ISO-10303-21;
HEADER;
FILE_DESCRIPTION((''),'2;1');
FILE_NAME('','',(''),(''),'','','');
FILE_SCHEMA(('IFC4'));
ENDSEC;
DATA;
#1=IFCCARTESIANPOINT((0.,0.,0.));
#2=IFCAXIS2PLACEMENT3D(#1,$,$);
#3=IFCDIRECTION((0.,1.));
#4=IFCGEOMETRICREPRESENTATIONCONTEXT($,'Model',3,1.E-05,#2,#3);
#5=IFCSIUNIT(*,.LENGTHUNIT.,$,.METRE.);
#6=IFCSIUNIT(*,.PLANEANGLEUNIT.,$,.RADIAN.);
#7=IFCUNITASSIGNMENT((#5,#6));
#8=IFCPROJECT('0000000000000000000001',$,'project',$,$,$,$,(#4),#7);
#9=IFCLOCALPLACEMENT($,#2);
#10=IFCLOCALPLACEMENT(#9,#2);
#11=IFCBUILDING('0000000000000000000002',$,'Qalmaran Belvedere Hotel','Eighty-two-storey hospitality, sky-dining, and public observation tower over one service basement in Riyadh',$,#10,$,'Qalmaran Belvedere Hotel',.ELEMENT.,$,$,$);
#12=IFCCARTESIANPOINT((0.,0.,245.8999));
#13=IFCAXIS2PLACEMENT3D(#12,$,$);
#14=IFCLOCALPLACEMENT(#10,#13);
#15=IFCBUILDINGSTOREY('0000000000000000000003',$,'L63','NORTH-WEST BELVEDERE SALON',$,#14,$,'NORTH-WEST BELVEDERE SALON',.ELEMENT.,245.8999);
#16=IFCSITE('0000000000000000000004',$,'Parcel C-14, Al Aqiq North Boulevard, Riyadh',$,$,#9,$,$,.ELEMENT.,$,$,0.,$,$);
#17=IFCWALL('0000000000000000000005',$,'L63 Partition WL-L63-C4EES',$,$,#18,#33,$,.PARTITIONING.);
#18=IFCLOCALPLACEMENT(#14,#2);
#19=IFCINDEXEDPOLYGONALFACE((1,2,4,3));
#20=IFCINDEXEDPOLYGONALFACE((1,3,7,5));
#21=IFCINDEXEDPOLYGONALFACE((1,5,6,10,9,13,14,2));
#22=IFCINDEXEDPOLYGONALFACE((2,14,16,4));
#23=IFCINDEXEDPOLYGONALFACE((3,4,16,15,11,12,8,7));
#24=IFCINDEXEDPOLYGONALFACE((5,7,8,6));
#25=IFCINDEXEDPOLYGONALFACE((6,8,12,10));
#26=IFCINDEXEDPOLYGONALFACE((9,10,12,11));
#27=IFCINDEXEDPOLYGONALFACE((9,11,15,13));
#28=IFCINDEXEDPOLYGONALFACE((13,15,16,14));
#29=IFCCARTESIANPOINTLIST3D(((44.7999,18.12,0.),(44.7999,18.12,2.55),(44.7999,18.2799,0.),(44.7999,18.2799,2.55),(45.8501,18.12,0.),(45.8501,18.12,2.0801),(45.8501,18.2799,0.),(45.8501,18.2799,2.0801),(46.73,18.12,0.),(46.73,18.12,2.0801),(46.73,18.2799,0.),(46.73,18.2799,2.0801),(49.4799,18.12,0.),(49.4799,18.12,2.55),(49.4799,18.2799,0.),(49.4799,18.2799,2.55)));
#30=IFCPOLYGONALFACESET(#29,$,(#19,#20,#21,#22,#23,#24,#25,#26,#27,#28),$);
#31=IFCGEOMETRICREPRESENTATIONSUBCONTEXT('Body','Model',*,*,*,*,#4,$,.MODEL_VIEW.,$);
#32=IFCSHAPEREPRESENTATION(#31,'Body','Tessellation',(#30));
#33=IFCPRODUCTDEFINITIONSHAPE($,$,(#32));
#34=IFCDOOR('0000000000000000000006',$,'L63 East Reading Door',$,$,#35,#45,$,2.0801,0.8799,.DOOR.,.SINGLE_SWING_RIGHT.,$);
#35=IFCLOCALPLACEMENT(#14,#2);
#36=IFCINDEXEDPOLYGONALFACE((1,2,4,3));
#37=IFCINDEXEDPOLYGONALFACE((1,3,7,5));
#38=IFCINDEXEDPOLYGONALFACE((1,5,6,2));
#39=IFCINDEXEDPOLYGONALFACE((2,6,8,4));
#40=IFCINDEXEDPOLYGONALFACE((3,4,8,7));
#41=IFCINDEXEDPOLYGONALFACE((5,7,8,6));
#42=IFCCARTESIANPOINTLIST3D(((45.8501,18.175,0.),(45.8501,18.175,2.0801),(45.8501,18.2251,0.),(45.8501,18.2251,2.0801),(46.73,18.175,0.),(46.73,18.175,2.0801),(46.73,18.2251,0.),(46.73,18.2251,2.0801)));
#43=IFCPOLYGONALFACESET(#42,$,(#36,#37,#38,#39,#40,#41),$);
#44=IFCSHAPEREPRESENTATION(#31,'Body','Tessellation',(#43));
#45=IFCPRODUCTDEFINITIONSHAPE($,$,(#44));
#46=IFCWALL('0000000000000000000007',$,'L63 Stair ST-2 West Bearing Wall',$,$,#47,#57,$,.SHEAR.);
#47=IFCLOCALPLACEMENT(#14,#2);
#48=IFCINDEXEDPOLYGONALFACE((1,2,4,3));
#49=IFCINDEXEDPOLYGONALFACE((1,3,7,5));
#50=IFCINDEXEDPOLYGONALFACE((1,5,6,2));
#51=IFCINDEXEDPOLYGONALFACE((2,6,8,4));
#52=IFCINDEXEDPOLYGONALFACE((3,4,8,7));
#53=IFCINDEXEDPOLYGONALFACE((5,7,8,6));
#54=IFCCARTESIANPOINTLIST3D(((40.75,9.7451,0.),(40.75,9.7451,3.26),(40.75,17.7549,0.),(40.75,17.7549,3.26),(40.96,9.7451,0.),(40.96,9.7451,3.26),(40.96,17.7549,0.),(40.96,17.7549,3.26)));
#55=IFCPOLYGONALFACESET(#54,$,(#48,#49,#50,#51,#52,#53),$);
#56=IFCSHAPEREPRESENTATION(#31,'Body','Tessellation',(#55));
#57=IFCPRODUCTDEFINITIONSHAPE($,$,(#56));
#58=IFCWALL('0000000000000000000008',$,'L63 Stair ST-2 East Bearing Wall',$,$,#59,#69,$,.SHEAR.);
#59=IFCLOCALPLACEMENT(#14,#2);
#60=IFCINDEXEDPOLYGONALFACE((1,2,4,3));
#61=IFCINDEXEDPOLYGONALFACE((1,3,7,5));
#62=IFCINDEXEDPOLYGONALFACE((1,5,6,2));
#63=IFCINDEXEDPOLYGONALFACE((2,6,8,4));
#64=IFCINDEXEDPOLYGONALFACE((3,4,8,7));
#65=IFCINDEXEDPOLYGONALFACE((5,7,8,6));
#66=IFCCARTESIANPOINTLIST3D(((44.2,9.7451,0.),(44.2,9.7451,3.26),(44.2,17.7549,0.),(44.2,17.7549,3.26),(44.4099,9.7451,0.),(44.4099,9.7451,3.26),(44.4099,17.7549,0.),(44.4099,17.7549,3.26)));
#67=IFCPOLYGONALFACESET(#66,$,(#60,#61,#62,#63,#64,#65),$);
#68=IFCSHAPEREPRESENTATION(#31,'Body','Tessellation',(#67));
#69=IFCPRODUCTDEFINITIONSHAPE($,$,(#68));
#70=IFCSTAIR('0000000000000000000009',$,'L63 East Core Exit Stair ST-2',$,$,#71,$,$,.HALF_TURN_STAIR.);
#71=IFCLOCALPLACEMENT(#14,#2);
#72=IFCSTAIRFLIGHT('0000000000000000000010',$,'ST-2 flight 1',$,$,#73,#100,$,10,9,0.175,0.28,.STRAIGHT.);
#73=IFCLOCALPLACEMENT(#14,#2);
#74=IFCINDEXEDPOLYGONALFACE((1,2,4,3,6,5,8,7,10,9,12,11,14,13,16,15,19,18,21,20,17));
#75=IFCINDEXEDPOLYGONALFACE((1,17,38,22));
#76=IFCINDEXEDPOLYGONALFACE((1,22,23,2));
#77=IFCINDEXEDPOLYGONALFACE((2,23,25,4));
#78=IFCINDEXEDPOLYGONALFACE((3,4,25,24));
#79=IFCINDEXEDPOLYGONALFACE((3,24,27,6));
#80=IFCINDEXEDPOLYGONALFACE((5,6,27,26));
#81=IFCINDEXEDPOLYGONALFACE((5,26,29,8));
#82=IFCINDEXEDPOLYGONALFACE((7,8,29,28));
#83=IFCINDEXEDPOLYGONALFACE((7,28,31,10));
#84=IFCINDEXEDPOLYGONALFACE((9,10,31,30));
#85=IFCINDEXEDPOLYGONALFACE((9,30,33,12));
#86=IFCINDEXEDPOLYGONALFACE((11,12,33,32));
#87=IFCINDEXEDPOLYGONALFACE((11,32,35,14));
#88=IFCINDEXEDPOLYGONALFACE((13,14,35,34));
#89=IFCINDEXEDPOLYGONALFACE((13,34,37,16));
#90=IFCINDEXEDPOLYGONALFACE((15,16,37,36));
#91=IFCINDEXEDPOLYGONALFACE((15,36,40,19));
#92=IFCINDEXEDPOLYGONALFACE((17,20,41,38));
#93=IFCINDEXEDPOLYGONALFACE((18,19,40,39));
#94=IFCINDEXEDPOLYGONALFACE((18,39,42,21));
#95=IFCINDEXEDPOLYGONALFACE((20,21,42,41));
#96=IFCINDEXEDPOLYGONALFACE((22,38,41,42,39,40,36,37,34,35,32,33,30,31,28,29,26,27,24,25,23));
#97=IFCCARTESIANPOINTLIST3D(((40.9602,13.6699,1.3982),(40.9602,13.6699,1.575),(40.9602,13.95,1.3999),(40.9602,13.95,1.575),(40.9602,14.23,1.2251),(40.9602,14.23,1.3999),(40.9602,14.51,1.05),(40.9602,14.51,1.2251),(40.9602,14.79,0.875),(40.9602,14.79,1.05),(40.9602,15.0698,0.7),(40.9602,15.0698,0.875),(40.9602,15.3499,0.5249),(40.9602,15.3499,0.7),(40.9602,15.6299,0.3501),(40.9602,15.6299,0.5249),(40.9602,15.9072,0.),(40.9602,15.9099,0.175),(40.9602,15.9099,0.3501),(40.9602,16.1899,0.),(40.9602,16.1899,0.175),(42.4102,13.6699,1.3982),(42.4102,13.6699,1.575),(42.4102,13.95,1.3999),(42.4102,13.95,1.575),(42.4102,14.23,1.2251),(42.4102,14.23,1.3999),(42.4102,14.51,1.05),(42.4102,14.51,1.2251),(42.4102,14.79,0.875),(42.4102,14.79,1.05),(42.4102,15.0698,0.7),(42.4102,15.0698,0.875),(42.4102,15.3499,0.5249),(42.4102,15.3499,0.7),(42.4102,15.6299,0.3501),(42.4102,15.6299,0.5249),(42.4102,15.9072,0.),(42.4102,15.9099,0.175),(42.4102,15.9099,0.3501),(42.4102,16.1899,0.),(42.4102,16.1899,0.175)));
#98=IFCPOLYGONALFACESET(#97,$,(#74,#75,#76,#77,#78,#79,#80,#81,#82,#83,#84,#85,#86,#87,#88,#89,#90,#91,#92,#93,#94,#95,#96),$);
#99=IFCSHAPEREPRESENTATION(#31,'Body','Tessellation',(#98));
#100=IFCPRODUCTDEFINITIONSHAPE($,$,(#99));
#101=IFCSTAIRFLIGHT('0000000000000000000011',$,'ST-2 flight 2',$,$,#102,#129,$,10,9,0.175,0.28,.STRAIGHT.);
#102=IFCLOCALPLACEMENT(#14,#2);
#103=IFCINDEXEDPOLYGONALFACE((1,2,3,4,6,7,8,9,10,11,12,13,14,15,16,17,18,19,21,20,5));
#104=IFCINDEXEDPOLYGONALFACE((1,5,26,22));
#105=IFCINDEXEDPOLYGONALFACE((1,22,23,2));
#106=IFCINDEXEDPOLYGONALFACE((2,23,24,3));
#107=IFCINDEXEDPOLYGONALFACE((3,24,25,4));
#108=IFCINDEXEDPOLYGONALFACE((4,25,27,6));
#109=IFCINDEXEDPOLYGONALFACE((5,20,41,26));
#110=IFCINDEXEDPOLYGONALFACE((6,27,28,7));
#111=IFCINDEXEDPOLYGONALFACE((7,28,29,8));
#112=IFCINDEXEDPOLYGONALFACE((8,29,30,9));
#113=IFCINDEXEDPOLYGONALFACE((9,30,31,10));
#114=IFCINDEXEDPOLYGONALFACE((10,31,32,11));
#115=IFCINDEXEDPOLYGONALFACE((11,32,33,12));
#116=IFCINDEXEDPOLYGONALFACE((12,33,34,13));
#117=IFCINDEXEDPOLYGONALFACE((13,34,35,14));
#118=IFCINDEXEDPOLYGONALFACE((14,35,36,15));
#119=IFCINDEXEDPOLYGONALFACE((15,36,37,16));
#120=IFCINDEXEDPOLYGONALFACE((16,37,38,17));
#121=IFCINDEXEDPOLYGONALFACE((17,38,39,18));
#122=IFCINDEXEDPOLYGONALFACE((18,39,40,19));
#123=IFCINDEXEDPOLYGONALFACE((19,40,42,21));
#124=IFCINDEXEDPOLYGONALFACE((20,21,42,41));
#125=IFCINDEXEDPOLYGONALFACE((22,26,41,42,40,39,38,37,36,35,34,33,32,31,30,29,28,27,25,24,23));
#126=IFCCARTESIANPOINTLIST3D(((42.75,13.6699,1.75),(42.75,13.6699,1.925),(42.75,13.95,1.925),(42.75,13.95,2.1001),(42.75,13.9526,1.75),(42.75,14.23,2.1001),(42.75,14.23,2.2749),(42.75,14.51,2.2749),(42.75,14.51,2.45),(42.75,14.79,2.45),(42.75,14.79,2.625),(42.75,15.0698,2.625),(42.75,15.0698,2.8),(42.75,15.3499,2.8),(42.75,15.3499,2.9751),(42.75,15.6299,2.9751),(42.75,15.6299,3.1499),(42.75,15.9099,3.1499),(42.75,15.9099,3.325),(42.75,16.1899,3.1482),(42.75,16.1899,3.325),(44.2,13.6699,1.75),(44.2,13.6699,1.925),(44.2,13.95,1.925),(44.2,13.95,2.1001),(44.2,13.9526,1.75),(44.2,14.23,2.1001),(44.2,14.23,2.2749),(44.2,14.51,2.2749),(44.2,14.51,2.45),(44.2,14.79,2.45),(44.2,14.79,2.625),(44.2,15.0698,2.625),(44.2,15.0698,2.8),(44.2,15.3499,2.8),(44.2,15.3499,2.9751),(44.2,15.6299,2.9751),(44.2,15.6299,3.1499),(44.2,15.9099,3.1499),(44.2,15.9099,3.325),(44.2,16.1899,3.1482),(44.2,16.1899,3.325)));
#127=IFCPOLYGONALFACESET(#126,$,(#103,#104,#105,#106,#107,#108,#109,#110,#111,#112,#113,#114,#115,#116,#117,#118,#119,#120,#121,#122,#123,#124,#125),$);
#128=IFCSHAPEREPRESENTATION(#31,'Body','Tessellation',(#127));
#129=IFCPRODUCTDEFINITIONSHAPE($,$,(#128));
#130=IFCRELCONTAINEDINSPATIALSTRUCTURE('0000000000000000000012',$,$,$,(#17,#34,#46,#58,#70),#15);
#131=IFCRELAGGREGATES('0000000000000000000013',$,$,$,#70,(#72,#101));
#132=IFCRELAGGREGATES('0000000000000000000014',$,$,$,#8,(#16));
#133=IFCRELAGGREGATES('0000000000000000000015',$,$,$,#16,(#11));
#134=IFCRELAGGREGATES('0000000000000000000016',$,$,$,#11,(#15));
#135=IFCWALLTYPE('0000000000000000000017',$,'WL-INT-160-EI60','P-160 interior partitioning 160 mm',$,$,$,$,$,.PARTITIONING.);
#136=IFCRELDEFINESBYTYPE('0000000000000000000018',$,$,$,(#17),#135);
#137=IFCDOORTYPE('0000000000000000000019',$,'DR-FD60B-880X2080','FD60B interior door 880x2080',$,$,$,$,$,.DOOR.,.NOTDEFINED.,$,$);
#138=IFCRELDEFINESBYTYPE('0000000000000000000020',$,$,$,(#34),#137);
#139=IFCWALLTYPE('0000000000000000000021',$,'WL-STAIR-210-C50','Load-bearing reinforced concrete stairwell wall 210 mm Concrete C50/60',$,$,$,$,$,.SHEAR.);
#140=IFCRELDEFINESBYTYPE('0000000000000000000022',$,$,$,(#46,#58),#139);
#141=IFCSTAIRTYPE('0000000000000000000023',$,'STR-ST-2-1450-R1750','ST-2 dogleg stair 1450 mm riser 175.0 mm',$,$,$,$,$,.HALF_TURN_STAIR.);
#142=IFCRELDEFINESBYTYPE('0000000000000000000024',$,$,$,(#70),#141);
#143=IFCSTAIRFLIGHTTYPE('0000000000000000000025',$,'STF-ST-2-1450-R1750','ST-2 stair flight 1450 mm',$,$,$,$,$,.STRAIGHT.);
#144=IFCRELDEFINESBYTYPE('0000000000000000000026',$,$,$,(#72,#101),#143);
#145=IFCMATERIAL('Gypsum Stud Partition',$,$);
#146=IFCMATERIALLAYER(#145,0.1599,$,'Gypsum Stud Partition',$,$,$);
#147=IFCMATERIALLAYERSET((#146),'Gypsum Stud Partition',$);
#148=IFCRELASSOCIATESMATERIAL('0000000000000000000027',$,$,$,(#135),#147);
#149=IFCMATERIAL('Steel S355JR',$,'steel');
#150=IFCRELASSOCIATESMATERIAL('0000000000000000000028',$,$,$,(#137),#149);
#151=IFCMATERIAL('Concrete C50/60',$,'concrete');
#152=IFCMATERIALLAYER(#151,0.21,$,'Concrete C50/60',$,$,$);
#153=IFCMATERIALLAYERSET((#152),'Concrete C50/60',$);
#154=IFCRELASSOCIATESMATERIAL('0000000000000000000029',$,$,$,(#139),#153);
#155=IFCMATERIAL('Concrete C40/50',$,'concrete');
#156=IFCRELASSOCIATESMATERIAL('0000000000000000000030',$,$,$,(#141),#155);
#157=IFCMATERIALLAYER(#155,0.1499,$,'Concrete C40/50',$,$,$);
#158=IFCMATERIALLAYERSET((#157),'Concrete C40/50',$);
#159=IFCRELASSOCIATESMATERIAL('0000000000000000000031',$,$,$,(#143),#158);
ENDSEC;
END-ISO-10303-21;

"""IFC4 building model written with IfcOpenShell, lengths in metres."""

from ifc_helpers import new_model, si_unit, direction, frame, frame_2d, origin, place, context, subcontext, project, spatial, polyline, rectangle, outline, extrude, material, layer, layer_set, type_object, element, fill, aggregate, save


model = new_model("IFC4")

# Units and contexts
model_context = context("Model", 3, precision=1e-05, world=origin(), true_north=direction((0.0, 1.0)))
body_context = subcontext(model_context, "Body", "Model", "MODEL_VIEW")
ifc_project = project(units=[si_unit("LENGTHUNIT", "METRE"), si_unit("PLANEANGLEUNIT", "RADIAN")], contexts=[model_context])

# Site, building, storey
site_placement = place(None, origin())
site = spatial("IfcSite", under=ifc_project, at=site_placement, Name="Parcel C-14, Al Aqiq North Boulevard, Riyadh", CompositionType="ELEMENT", RefElevation=0.0)
building_placement = place(site_placement, origin())
building = spatial("IfcBuilding", under=site, at=building_placement, Name="Qalmaran Belvedere Hotel", Description="Eighty-two-storey hospitality, sky-dining, and public observation tower over one service basement in Riyadh", LongName="Qalmaran Belvedere Hotel", CompositionType="ELEMENT")
storey_placement = place(building_placement, frame((0.0, 0.0, 245.8999)))
storey = spatial("IfcBuildingStorey", under=building, at=storey_placement, Name="L63", Description="NORTH-WEST BELVEDERE SALON", LongName="NORTH-WEST BELVEDERE SALON", CompositionType="ELEMENT", Elevation=245.8999)

# Shared definitions
ifc_material_1 = material(Name="Concrete C50/60", Category="concrete")

# Shared definitions
ifc_material_2 = material(Name="Steel S355JR", Category="steel")

# Wall, opening, door
ifc_material_3 = material(Name="Gypsum Stud Partition")
ifc_layer_1 = layer(ifc_material_3, 0.1599, Name="Gypsum Stud Partition")
ifc_layer_set_1 = layer_set([ifc_layer_1], Name="Gypsum Stud Partition")
wall_type_1 = type_object("IfcWallType", Name="WL-INT-160-EI60", Description="P-160 interior partitioning 160 mm", PredefinedType="PARTITIONING", material=ifc_layer_set_1)
wall_1_placement = place(storey_placement, frame((44.8, 18.2, 0.0), z_axis=(0.0, 0.0, 1.0), x_axis=(1.0, 0.0, 0.0)))
wall_1 = element("IfcWall", 1, at=wall_1_placement, inside=storey, type_object=wall_type_1, Name="L63 Partition WL-L63-C4EES", PredefinedType="PARTITIONING", context=body_context, shape_type="SweptSolid", body=[
    extrude(rectangle(XDim=4.6799, YDim=0.1599, at=frame_2d((2.3398, 0.0))), origin(), (0.0, 0.0, 1.0), 2.55),
])
opening_1_placement = place(wall_1_placement, frame((1.9299, 0.0, 0.0), z_axis=(0.0, 0.0, 1.0), x_axis=(-1.0, 0.0, 0.0)))
opening_1 = element("IfcOpeningElement", 2, at=opening_1_placement, cuts=wall_1, PredefinedType="OPENING", context=body_context, shape_type="SweptSolid", body=[
    extrude(rectangle(XDim=0.8799, YDim=2.0801, at=frame_2d((0.4399, 1.04))), frame((0.0, 0.0898, 0.0), z_axis=(0.0, -1.0, 0.0), x_axis=(1.0, 0.0, 0.0)), (0.0, 0.0, 1.0), 0.1799),
])
door_type = type_object("IfcDoorType", Name="DR-FD60B-880X2080", Description="FD60B interior door 880x2080", OperationType="NOTDEFINED", PredefinedType="DOOR", material=ifc_material_2)
door_placement = place(opening_1_placement, origin())
door = element("IfcDoor", 3, at=door_placement, inside=storey, type_object=door_type, Name="L63 East Reading Door", OperationType="SINGLE_SWING_RIGHT", OverallHeight=2.0801, OverallWidth=0.8799, PredefinedType="DOOR", context=body_context, shape_type="SweptSolid", body=[
    extrude(rectangle(XDim=0.8799, YDim=2.0801, at=frame_2d((0.4399, 1.04))), frame((0.0, 0.0249, 0.0), z_axis=(0.0, -1.0, 0.0), x_axis=(1.0, 0.0, 0.0)), (0.0, 0.0, 1.0), 0.05),
])
fill(opening_1, door)

# Walls
ifc_layer_2 = layer(ifc_material_1, 0.21, Name="Concrete C50/60")
ifc_layer_set_2 = layer_set([ifc_layer_2], Name="Concrete C50/60")
wall_type_2 = type_object("IfcWallType", Name="WL-STAIR-210-C50", Description="Load-bearing reinforced concrete stairwell wall 210 mm Concrete C50/60", PredefinedType="SHEAR", material=ifc_layer_set_2)
for number, where, z_axis, x_axis, name in (
    (4, (40.855, 9.7451, 0.0), (0.0, 0.0, 1.0), (0.0, 1.0, 0.0), "L63 Stair ST-2 West Bearing Wall"),
    (5, (44.3049, 9.7451, 0.0), (0.0, 0.0, 1.0), (0.0, 1.0, 0.0), "L63 Stair ST-2 East Bearing Wall"),
):
    element("IfcWall", number, at=place(storey_placement, frame(where, z_axis=z_axis, x_axis=x_axis)), inside=storey, type_object=wall_type_2, Name=name, PredefinedType="SHEAR", context=body_context, shape_type="SweptSolid", body=[
        extrude(rectangle(XDim=8.0098, YDim=0.21, at=frame_2d((4.0049, 0.0))), origin(), (0.0, 0.0, 1.0), 3.26),
    ])

# Stair, stair flights
ifc_material_4 = material(Name="Concrete C40/50", Category="concrete")
stair_type = type_object("IfcStairType", Name="STR-ST-2-1450-R1750", Description="ST-2 dogleg stair 1450 mm riser 175.0 mm", PredefinedType="HALF_TURN_STAIR", material=ifc_material_4)
stair_placement = place(storey_placement, origin())
stair = element("IfcStair", 6, at=stair_placement, inside=storey, type_object=stair_type, Name="L63 East Core Exit Stair ST-2", PredefinedType="HALF_TURN_STAIR")
ifc_layer_3 = layer(ifc_material_4, 0.1499, Name="Concrete C40/50")
ifc_layer_set_3 = layer_set([ifc_layer_3], Name="Concrete C40/50")
stair_flight_type = type_object("IfcStairFlightType", Name="STF-ST-2-1450-R1750", Description="ST-2 stair flight 1450 mm", PredefinedType="STRAIGHT", material=ifc_layer_set_3)
stair_flight_1_placement = place(storey_placement, frame((41.6851, 16.1899, 0.0), z_axis=(0.0, 0.0, 1.0), x_axis=(0.0, -1.0, 0.0)))
stair_flight_1 = element("IfcStairFlight", 7, at=stair_flight_1_placement, type_object=stair_flight_type, Name="ST-2 flight 1", NumberOfRisers=10, NumberOfTreads=9, PredefinedType="STRAIGHT", RiserHeight=0.175, TreadLength=0.28, context=body_context, shape_type="SweptSolid", body=[
    extrude(outline(polyline([(0.0, 0.0), (0.0, 0.175), (0.28, 0.175), (0.28, 0.3501), (0.5601, 0.3501), (0.5601, 0.5249), (0.8401, 0.5249), (0.8401, 0.7), (1.1201, 0.7), (1.1201, 0.875), (1.3999, 0.875), (1.3999, 1.05), (1.6799, 1.05), (1.6799, 1.2251), (1.96, 1.2251), (1.96, 1.3999), (2.24, 1.3999), (2.24, 1.575), (2.52, 1.575), (2.52, 1.75), (2.52, 1.3982), (0.2827, 0.0), (0.0, 0.0)])), frame((0.0, 0.7251, 0.0), z_axis=(0.0, -1.0, 0.0), x_axis=(1.0, 0.0, 0.0)), (0.0, 0.0, 1.0), 1.45),
])
stair_flight_2_placement = place(storey_placement, frame((43.4751, 13.6699, 1.75), z_axis=(0.0, 0.0, 1.0), x_axis=(0.0, 1.0, 0.0)))
stair_flight_2 = element("IfcStairFlight", 8, at=stair_flight_2_placement, type_object=stair_flight_type, Name="ST-2 flight 2", NumberOfRisers=10, NumberOfTreads=9, PredefinedType="STRAIGHT", RiserHeight=0.175, TreadLength=0.28, context=body_context, shape_type="SweptSolid", body=[
    extrude(outline(polyline([(0.0, 0.0), (0.0, 0.175), (0.28, 0.175), (0.28, 0.3501), (0.5601, 0.3501), (0.5601, 0.5249), (0.8401, 0.5249), (0.8401, 0.7), (1.1201, 0.7), (1.1201, 0.875), (1.3999, 0.875), (1.3999, 1.05), (1.6799, 1.05), (1.6799, 1.2251), (1.96, 1.2251), (1.96, 1.3999), (2.24, 1.3999), (2.24, 1.575), (2.52, 1.575), (2.52, 1.75), (2.52, 1.3982), (0.2827, 0.0), (0.0, 0.0)])), frame((0.0, 0.7251, 0.0), z_axis=(0.0, -1.0, 0.0), x_axis=(1.0, 0.0, 0.0)), (0.0, 0.0, 1.0), 1.45),
])
aggregate(stair, [stair_flight_1, stair_flight_2])

save(model, "model.ifc")
